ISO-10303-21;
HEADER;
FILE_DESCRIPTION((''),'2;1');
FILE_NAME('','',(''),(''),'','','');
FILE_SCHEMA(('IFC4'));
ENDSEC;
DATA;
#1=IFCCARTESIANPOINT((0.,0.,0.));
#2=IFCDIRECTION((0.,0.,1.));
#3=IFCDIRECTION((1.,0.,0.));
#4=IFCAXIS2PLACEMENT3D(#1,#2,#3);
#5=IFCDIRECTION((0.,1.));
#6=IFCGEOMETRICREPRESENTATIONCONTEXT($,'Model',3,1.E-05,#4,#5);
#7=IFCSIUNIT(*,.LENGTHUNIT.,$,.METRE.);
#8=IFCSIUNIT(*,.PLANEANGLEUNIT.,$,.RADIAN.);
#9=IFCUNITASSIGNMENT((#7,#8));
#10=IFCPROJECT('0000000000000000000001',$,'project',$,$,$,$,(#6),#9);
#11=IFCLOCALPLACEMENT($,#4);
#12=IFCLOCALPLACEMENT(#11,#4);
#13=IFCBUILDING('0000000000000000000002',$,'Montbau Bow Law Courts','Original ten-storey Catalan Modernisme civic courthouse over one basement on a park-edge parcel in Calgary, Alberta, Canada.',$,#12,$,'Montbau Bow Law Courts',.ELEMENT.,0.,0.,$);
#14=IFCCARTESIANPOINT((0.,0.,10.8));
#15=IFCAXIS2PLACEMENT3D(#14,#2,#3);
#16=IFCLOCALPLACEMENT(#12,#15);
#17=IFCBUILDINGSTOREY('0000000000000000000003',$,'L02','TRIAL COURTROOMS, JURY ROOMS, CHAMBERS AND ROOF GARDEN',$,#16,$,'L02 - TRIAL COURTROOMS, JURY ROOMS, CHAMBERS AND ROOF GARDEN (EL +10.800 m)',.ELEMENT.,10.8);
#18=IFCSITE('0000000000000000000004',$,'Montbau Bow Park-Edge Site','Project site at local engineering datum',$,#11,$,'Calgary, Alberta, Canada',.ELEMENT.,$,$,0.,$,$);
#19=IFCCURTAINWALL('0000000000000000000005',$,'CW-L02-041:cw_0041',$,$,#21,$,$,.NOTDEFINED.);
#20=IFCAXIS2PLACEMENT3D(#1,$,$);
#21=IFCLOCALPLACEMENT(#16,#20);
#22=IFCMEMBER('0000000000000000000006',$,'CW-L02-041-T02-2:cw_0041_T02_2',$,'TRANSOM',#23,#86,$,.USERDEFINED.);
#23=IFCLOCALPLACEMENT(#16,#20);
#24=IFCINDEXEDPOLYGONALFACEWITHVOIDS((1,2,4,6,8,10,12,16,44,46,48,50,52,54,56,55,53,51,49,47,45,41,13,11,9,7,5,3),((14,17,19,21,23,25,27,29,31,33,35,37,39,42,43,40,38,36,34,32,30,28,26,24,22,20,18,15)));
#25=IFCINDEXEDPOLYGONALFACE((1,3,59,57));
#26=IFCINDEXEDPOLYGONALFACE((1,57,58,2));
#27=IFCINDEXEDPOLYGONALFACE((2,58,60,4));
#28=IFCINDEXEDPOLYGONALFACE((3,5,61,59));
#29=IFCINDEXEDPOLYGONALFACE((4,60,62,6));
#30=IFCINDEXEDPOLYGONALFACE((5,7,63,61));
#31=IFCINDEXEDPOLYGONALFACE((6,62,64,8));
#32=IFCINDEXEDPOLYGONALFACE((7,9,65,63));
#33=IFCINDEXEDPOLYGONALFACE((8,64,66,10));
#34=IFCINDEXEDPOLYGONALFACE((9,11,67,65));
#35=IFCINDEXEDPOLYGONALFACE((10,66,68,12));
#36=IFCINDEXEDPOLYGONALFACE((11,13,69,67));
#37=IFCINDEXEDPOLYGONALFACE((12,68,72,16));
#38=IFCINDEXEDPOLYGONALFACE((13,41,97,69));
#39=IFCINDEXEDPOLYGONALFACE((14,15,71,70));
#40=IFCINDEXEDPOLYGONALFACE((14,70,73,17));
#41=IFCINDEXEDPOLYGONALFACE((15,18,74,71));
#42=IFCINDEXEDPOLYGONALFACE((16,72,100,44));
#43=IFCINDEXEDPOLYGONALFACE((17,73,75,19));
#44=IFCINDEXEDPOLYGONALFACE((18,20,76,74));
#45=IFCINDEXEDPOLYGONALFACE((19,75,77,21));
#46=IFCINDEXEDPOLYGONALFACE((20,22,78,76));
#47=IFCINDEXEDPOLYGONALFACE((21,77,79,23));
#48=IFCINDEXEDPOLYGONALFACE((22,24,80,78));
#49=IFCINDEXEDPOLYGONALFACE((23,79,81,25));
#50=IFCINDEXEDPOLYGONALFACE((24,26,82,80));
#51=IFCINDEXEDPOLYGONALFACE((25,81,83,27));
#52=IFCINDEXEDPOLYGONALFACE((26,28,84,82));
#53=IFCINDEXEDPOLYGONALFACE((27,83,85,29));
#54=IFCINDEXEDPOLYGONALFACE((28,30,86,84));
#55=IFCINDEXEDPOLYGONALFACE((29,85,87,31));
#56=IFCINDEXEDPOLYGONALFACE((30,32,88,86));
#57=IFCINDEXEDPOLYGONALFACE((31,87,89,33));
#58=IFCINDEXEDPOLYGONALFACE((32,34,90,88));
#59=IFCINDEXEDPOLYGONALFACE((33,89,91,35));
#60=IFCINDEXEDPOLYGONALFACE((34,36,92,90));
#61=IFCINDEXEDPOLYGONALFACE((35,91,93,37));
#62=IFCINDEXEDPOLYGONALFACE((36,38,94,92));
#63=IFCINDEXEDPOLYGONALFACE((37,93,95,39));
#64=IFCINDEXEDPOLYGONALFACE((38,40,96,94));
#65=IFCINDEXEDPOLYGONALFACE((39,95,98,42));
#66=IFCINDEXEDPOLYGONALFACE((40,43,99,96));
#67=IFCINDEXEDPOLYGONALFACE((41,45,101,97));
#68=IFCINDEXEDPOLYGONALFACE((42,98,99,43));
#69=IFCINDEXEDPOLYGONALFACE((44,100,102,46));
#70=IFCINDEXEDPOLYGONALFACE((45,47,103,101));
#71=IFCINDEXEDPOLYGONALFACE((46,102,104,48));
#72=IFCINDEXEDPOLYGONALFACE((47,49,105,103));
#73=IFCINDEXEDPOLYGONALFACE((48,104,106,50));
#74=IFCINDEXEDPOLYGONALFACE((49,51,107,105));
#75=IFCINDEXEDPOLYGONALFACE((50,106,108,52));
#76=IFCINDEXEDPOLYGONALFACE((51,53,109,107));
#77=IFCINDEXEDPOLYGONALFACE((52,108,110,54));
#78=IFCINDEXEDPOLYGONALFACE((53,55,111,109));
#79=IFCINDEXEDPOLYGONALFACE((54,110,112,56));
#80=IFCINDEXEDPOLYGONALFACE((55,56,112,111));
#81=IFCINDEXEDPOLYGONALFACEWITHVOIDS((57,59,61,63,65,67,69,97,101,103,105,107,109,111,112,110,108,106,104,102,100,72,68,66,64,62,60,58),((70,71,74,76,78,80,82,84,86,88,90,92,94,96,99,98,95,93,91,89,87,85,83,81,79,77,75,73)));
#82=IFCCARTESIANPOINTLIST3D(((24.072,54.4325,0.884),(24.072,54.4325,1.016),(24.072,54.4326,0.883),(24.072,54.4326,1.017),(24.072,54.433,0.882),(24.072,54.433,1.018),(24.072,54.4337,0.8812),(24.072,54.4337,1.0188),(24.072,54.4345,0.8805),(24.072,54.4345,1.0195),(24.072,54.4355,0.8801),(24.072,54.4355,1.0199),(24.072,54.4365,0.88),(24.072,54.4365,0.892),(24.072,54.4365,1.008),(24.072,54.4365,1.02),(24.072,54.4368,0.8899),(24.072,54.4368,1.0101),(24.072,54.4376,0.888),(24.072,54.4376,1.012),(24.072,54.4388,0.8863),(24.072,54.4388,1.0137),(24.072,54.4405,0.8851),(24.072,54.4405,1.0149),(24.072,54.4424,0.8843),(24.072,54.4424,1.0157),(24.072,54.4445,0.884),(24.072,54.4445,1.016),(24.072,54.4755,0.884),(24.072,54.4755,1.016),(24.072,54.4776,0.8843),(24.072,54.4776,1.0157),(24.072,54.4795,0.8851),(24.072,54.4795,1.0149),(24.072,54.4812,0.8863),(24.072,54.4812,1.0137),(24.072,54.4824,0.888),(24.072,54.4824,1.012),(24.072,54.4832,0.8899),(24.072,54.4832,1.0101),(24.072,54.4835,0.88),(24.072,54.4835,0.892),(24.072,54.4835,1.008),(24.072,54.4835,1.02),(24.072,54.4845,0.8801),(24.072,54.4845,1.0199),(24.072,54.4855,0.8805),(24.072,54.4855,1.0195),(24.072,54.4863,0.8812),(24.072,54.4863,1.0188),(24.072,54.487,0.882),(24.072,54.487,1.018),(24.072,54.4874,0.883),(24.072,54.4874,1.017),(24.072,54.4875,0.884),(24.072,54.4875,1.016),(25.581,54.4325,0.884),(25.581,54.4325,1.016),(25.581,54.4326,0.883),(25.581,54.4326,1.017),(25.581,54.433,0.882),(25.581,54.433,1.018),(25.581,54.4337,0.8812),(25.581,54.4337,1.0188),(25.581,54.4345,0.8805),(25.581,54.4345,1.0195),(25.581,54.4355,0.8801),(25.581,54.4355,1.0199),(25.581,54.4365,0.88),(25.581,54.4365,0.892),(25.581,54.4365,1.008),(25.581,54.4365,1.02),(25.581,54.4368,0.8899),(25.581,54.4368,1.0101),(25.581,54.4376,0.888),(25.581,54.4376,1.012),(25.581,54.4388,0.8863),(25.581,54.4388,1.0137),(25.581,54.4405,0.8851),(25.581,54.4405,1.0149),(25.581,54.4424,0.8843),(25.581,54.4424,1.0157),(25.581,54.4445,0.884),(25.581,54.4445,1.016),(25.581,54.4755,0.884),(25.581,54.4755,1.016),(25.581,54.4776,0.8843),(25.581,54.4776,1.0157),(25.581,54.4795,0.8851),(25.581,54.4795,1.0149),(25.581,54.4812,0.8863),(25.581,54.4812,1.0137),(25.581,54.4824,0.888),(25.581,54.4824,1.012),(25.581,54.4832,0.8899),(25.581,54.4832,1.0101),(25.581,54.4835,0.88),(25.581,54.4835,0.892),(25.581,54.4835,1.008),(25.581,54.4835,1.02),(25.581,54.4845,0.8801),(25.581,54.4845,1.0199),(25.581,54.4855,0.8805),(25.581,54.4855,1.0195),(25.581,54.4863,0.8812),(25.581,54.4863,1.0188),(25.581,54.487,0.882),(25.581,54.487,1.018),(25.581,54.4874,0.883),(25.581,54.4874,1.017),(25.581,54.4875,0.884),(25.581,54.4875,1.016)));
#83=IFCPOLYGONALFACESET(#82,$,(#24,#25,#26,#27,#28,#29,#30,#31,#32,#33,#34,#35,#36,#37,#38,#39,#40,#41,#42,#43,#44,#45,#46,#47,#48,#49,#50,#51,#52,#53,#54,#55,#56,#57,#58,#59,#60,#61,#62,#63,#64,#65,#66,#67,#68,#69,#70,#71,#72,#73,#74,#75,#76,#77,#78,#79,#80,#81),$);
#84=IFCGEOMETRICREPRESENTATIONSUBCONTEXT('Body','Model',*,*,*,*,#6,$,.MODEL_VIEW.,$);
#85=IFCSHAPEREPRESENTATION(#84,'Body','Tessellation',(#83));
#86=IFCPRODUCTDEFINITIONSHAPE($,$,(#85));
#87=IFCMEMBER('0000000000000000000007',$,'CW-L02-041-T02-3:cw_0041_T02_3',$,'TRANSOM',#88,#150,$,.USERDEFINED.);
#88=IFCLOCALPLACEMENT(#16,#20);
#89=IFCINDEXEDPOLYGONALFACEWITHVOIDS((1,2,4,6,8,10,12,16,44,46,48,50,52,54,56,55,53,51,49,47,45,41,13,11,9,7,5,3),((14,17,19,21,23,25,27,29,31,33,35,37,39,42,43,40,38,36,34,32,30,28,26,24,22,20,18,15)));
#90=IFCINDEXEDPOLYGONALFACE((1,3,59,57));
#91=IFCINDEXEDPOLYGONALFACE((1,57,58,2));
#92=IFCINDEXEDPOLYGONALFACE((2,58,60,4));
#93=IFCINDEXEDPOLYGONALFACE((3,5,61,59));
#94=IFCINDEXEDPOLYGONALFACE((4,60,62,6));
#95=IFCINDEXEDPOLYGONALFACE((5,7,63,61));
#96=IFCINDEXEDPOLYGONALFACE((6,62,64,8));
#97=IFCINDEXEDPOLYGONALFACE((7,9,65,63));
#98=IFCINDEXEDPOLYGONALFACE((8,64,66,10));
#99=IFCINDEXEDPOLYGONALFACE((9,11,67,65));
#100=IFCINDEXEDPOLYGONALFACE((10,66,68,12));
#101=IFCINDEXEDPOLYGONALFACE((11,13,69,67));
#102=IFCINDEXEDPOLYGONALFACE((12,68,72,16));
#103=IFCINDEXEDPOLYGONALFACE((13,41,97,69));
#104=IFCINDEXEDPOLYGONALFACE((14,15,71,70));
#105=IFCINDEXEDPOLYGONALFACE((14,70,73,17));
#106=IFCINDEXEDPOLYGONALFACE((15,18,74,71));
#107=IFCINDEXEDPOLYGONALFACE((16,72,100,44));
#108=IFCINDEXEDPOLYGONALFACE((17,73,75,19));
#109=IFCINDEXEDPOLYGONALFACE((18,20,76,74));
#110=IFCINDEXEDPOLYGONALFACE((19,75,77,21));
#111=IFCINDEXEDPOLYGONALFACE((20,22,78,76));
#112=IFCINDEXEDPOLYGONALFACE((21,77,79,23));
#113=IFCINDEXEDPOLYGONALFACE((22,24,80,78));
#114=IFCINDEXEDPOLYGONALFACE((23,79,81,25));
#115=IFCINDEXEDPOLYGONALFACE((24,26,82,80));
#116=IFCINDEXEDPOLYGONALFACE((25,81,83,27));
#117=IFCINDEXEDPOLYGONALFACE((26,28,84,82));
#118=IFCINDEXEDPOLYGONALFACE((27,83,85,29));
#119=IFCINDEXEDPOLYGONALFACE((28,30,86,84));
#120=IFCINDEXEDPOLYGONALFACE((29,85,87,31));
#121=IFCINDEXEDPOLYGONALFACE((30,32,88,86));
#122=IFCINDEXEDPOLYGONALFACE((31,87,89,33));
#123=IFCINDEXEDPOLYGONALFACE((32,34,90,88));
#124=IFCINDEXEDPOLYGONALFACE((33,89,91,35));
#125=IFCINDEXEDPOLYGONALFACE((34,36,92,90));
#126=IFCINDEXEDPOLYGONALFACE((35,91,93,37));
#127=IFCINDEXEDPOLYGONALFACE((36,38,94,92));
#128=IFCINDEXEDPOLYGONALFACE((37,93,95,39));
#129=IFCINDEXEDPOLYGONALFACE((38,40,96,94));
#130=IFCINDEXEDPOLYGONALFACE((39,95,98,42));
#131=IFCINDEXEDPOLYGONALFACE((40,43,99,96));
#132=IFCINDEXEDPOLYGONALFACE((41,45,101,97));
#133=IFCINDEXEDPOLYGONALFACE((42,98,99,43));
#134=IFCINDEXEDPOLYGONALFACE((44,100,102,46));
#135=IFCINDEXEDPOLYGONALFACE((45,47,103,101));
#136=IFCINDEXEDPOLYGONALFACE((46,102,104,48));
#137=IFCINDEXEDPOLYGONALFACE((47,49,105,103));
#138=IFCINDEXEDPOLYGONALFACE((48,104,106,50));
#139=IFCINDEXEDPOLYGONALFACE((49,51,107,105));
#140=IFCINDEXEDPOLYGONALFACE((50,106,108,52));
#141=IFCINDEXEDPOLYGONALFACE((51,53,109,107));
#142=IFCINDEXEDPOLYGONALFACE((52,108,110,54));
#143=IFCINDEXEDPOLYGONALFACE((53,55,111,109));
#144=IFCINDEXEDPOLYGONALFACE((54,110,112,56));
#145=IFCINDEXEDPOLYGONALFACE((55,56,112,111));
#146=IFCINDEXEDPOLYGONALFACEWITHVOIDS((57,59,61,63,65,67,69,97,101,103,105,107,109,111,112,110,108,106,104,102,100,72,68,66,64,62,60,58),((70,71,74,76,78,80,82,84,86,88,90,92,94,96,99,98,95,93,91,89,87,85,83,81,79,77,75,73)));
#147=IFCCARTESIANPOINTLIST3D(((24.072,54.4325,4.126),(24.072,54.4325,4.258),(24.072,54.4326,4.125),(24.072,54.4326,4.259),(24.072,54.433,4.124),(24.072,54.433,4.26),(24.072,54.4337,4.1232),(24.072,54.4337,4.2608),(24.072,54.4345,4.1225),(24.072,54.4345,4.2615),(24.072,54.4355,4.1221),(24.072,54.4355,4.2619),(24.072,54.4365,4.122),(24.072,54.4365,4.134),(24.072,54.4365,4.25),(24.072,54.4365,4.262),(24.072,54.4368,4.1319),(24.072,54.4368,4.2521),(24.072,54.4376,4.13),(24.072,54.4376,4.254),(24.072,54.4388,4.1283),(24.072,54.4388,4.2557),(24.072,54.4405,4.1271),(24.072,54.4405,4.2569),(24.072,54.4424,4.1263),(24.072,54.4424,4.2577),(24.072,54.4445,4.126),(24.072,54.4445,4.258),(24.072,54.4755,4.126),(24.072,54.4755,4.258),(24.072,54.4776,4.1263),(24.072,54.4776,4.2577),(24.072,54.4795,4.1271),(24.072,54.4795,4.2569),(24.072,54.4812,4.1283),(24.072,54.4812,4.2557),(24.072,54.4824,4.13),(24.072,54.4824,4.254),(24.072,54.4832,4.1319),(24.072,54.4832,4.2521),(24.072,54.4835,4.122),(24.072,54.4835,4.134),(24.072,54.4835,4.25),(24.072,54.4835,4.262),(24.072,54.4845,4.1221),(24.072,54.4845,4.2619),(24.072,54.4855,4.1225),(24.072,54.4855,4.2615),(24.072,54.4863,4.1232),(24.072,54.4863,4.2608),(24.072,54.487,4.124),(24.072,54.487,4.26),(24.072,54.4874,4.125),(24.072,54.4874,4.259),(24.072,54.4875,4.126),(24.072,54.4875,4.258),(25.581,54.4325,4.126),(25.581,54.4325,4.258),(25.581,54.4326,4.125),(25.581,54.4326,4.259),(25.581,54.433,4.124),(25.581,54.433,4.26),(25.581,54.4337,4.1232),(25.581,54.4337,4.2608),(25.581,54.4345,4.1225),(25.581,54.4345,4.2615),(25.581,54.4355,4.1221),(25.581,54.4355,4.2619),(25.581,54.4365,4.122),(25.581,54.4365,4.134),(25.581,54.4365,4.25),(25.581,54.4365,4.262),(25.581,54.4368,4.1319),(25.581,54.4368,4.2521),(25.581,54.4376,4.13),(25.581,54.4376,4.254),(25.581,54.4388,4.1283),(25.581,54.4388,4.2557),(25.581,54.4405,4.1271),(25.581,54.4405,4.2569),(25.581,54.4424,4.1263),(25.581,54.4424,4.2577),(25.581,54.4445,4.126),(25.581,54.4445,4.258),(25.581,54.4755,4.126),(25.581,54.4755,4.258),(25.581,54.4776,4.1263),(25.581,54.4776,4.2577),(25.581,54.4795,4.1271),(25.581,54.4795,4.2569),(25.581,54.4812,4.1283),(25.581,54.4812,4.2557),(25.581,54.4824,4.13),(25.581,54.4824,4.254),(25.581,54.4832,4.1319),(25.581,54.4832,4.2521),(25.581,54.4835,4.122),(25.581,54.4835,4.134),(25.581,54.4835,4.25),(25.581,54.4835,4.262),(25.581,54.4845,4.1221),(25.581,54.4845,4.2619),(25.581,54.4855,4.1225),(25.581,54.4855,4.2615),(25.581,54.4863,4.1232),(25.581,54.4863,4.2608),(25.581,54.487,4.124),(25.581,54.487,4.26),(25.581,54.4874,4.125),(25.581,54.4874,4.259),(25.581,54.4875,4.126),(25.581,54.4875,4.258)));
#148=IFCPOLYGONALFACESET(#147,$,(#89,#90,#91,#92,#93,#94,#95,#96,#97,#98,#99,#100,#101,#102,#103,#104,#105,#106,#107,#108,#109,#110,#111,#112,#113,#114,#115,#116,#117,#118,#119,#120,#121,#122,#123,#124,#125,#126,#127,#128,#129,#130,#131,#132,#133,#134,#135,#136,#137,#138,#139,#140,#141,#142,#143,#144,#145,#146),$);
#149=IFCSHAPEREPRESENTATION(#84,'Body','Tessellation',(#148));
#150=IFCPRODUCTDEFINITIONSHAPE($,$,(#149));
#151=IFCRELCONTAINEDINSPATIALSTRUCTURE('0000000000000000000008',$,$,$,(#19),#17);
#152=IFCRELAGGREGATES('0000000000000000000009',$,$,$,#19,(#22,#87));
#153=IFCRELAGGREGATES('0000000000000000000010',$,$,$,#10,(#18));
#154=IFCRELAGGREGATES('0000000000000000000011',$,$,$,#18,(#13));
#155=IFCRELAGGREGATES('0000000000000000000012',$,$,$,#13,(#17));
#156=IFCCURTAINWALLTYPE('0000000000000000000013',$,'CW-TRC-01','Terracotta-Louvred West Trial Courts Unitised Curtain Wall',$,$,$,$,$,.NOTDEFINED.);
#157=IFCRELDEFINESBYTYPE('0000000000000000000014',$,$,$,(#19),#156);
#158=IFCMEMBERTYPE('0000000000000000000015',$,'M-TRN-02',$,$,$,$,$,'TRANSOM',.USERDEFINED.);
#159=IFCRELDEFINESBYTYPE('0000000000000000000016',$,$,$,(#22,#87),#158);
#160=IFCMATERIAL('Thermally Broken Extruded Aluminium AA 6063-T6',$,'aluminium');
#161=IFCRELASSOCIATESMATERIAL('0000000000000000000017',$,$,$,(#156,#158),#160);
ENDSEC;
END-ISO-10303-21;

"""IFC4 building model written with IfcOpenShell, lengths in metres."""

from ifc_helpers import new_model, si_unit, direction, frame, origin_with_axes, origin_2d_with_axis, place, context, subcontext, project, spatial, hollow_rectangle, extrude, material, material_profile, profile_set, type_object, element, aggregate, save


model = new_model("IFC4")

# Units and contexts
model_context = context("Model", 3, precision=1e-05, world=origin_with_axes(), true_north=direction((0.0, 1.0)))
body_context = subcontext(model_context, "Body", "Model", "MODEL_VIEW")
ifc_project = project(units=[si_unit("LENGTHUNIT", "METRE"), si_unit("PLANEANGLEUNIT", "RADIAN")], contexts=[model_context])

# Site, building, storey
site_placement = place(None, origin_with_axes())
site = spatial("IfcSite", under=ifc_project, at=site_placement, Name="Montbau Bow Park-Edge Site", Description="Project site at local engineering datum", LongName="Calgary, Alberta, Canada", CompositionType="ELEMENT", RefElevation=0.0)
building_placement = place(site_placement, origin_with_axes())
building = spatial("IfcBuilding", under=site, at=building_placement, Name="Montbau Bow Law Courts", Description="Original ten-storey Catalan Modernisme civic courthouse over one basement on a park-edge parcel in Calgary, Alberta, Canada.", LongName="Montbau Bow Law Courts", CompositionType="ELEMENT", ElevationOfRefHeight=0.0, ElevationOfTerrain=0.0)
storey_placement = place(building_placement, frame((0.0, 0.0, 10.8), z_axis=(0.0, 0.0, 1.0), x_axis=(1.0, 0.0, 0.0)))
storey = spatial("IfcBuildingStorey", under=building, at=storey_placement, Name="L02", Description="TRIAL COURTROOMS, JURY ROOMS, CHAMBERS AND ROOF GARDEN", LongName="L02 - TRIAL COURTROOMS, JURY ROOMS, CHAMBERS AND ROOF GARDEN (EL +10.800 m)", CompositionType="ELEMENT", Elevation=10.8)

# Curtain wall, members
ifc_material_1 = material(Name="Thermally Broken Extruded Aluminium AA 6063-T6", Category="aluminium")
curtain_wall_type = type_object("IfcCurtainWallType", Name="CW-TRC-01", Description="Terracotta-Louvred West Trial Courts Unitised Curtain Wall", PredefinedType="NOTDEFINED", material=ifc_material_1)
curtain_wall_placement = place(None, frame((22.467, 54.46, 10.8), z_axis=(0.0, 0.0, 1.0), x_axis=(1.0, 0.0, 0.0)))
curtain_wall = element("IfcCurtainWall", 1, at=curtain_wall_placement, inside=storey, type_object=curtain_wall_type, Name="CW-L02-041:cw_0041", PredefinedType="NOTDEFINED")
ifc_material_profile_1 = material_profile(ifc_material_1, hollow_rectangle(XDim=0.055, YDim=0.14, WallThickness=0.004, InnerFilletRadius=0.008, OuterFilletRadius=0.004, at=origin_2d_with_axis()), Name="CWT-140X55", Category="Main", Priority=0)
ifc_profile_set_1 = profile_set([ifc_material_profile_1], Name="Thermally Broken Extruded Aluminium AA 6063-T6")
member_type_1 = type_object("IfcMemberType", Name="M-TRN-02", ElementType="TRANSOM", PredefinedType="USERDEFINED", material=ifc_profile_set_1)
member_1_placement = place(None, frame((24.072, 54.46, 11.75), z_axis=(1.0, 0.0, 0.0), x_axis=(0.0, 1.0, 0.0)))
member_1 = element("IfcMember", 2, at=member_1_placement, type_object=member_type_1, Name="CW-L02-041-T02-2:cw_0041_T02_2", ObjectType="TRANSOM", PredefinedType="USERDEFINED", context=body_context, shape_type="SweptSolid", body=[
    extrude(hollow_rectangle(XDim=0.055, YDim=0.14, WallThickness=0.004, InnerFilletRadius=0.008, OuterFilletRadius=0.004, at=origin_2d_with_axis()), origin_with_axes(), (0.0, 0.0, 1.0), 1.509),
])
member_2_placement = place(None, frame((24.072, 54.46, 14.992), z_axis=(1.0, 0.0, 0.0), x_axis=(0.0, 1.0, 0.0)))
member_2 = element("IfcMember", 3, at=member_2_placement, type_object=member_type_1, Name="CW-L02-041-T02-3:cw_0041_T02_3", ObjectType="TRANSOM", PredefinedType="USERDEFINED", context=body_context, shape_type="SweptSolid", body=[
    extrude(hollow_rectangle(XDim=0.055, YDim=0.14, WallThickness=0.004, InnerFilletRadius=0.008, OuterFilletRadius=0.004, at=origin_2d_with_axis()), origin_with_axes(), (0.0, 0.0, 1.0), 1.509),
])
aggregate(curtain_wall, [member_1, member_2])

save(model, "model.ifc")
